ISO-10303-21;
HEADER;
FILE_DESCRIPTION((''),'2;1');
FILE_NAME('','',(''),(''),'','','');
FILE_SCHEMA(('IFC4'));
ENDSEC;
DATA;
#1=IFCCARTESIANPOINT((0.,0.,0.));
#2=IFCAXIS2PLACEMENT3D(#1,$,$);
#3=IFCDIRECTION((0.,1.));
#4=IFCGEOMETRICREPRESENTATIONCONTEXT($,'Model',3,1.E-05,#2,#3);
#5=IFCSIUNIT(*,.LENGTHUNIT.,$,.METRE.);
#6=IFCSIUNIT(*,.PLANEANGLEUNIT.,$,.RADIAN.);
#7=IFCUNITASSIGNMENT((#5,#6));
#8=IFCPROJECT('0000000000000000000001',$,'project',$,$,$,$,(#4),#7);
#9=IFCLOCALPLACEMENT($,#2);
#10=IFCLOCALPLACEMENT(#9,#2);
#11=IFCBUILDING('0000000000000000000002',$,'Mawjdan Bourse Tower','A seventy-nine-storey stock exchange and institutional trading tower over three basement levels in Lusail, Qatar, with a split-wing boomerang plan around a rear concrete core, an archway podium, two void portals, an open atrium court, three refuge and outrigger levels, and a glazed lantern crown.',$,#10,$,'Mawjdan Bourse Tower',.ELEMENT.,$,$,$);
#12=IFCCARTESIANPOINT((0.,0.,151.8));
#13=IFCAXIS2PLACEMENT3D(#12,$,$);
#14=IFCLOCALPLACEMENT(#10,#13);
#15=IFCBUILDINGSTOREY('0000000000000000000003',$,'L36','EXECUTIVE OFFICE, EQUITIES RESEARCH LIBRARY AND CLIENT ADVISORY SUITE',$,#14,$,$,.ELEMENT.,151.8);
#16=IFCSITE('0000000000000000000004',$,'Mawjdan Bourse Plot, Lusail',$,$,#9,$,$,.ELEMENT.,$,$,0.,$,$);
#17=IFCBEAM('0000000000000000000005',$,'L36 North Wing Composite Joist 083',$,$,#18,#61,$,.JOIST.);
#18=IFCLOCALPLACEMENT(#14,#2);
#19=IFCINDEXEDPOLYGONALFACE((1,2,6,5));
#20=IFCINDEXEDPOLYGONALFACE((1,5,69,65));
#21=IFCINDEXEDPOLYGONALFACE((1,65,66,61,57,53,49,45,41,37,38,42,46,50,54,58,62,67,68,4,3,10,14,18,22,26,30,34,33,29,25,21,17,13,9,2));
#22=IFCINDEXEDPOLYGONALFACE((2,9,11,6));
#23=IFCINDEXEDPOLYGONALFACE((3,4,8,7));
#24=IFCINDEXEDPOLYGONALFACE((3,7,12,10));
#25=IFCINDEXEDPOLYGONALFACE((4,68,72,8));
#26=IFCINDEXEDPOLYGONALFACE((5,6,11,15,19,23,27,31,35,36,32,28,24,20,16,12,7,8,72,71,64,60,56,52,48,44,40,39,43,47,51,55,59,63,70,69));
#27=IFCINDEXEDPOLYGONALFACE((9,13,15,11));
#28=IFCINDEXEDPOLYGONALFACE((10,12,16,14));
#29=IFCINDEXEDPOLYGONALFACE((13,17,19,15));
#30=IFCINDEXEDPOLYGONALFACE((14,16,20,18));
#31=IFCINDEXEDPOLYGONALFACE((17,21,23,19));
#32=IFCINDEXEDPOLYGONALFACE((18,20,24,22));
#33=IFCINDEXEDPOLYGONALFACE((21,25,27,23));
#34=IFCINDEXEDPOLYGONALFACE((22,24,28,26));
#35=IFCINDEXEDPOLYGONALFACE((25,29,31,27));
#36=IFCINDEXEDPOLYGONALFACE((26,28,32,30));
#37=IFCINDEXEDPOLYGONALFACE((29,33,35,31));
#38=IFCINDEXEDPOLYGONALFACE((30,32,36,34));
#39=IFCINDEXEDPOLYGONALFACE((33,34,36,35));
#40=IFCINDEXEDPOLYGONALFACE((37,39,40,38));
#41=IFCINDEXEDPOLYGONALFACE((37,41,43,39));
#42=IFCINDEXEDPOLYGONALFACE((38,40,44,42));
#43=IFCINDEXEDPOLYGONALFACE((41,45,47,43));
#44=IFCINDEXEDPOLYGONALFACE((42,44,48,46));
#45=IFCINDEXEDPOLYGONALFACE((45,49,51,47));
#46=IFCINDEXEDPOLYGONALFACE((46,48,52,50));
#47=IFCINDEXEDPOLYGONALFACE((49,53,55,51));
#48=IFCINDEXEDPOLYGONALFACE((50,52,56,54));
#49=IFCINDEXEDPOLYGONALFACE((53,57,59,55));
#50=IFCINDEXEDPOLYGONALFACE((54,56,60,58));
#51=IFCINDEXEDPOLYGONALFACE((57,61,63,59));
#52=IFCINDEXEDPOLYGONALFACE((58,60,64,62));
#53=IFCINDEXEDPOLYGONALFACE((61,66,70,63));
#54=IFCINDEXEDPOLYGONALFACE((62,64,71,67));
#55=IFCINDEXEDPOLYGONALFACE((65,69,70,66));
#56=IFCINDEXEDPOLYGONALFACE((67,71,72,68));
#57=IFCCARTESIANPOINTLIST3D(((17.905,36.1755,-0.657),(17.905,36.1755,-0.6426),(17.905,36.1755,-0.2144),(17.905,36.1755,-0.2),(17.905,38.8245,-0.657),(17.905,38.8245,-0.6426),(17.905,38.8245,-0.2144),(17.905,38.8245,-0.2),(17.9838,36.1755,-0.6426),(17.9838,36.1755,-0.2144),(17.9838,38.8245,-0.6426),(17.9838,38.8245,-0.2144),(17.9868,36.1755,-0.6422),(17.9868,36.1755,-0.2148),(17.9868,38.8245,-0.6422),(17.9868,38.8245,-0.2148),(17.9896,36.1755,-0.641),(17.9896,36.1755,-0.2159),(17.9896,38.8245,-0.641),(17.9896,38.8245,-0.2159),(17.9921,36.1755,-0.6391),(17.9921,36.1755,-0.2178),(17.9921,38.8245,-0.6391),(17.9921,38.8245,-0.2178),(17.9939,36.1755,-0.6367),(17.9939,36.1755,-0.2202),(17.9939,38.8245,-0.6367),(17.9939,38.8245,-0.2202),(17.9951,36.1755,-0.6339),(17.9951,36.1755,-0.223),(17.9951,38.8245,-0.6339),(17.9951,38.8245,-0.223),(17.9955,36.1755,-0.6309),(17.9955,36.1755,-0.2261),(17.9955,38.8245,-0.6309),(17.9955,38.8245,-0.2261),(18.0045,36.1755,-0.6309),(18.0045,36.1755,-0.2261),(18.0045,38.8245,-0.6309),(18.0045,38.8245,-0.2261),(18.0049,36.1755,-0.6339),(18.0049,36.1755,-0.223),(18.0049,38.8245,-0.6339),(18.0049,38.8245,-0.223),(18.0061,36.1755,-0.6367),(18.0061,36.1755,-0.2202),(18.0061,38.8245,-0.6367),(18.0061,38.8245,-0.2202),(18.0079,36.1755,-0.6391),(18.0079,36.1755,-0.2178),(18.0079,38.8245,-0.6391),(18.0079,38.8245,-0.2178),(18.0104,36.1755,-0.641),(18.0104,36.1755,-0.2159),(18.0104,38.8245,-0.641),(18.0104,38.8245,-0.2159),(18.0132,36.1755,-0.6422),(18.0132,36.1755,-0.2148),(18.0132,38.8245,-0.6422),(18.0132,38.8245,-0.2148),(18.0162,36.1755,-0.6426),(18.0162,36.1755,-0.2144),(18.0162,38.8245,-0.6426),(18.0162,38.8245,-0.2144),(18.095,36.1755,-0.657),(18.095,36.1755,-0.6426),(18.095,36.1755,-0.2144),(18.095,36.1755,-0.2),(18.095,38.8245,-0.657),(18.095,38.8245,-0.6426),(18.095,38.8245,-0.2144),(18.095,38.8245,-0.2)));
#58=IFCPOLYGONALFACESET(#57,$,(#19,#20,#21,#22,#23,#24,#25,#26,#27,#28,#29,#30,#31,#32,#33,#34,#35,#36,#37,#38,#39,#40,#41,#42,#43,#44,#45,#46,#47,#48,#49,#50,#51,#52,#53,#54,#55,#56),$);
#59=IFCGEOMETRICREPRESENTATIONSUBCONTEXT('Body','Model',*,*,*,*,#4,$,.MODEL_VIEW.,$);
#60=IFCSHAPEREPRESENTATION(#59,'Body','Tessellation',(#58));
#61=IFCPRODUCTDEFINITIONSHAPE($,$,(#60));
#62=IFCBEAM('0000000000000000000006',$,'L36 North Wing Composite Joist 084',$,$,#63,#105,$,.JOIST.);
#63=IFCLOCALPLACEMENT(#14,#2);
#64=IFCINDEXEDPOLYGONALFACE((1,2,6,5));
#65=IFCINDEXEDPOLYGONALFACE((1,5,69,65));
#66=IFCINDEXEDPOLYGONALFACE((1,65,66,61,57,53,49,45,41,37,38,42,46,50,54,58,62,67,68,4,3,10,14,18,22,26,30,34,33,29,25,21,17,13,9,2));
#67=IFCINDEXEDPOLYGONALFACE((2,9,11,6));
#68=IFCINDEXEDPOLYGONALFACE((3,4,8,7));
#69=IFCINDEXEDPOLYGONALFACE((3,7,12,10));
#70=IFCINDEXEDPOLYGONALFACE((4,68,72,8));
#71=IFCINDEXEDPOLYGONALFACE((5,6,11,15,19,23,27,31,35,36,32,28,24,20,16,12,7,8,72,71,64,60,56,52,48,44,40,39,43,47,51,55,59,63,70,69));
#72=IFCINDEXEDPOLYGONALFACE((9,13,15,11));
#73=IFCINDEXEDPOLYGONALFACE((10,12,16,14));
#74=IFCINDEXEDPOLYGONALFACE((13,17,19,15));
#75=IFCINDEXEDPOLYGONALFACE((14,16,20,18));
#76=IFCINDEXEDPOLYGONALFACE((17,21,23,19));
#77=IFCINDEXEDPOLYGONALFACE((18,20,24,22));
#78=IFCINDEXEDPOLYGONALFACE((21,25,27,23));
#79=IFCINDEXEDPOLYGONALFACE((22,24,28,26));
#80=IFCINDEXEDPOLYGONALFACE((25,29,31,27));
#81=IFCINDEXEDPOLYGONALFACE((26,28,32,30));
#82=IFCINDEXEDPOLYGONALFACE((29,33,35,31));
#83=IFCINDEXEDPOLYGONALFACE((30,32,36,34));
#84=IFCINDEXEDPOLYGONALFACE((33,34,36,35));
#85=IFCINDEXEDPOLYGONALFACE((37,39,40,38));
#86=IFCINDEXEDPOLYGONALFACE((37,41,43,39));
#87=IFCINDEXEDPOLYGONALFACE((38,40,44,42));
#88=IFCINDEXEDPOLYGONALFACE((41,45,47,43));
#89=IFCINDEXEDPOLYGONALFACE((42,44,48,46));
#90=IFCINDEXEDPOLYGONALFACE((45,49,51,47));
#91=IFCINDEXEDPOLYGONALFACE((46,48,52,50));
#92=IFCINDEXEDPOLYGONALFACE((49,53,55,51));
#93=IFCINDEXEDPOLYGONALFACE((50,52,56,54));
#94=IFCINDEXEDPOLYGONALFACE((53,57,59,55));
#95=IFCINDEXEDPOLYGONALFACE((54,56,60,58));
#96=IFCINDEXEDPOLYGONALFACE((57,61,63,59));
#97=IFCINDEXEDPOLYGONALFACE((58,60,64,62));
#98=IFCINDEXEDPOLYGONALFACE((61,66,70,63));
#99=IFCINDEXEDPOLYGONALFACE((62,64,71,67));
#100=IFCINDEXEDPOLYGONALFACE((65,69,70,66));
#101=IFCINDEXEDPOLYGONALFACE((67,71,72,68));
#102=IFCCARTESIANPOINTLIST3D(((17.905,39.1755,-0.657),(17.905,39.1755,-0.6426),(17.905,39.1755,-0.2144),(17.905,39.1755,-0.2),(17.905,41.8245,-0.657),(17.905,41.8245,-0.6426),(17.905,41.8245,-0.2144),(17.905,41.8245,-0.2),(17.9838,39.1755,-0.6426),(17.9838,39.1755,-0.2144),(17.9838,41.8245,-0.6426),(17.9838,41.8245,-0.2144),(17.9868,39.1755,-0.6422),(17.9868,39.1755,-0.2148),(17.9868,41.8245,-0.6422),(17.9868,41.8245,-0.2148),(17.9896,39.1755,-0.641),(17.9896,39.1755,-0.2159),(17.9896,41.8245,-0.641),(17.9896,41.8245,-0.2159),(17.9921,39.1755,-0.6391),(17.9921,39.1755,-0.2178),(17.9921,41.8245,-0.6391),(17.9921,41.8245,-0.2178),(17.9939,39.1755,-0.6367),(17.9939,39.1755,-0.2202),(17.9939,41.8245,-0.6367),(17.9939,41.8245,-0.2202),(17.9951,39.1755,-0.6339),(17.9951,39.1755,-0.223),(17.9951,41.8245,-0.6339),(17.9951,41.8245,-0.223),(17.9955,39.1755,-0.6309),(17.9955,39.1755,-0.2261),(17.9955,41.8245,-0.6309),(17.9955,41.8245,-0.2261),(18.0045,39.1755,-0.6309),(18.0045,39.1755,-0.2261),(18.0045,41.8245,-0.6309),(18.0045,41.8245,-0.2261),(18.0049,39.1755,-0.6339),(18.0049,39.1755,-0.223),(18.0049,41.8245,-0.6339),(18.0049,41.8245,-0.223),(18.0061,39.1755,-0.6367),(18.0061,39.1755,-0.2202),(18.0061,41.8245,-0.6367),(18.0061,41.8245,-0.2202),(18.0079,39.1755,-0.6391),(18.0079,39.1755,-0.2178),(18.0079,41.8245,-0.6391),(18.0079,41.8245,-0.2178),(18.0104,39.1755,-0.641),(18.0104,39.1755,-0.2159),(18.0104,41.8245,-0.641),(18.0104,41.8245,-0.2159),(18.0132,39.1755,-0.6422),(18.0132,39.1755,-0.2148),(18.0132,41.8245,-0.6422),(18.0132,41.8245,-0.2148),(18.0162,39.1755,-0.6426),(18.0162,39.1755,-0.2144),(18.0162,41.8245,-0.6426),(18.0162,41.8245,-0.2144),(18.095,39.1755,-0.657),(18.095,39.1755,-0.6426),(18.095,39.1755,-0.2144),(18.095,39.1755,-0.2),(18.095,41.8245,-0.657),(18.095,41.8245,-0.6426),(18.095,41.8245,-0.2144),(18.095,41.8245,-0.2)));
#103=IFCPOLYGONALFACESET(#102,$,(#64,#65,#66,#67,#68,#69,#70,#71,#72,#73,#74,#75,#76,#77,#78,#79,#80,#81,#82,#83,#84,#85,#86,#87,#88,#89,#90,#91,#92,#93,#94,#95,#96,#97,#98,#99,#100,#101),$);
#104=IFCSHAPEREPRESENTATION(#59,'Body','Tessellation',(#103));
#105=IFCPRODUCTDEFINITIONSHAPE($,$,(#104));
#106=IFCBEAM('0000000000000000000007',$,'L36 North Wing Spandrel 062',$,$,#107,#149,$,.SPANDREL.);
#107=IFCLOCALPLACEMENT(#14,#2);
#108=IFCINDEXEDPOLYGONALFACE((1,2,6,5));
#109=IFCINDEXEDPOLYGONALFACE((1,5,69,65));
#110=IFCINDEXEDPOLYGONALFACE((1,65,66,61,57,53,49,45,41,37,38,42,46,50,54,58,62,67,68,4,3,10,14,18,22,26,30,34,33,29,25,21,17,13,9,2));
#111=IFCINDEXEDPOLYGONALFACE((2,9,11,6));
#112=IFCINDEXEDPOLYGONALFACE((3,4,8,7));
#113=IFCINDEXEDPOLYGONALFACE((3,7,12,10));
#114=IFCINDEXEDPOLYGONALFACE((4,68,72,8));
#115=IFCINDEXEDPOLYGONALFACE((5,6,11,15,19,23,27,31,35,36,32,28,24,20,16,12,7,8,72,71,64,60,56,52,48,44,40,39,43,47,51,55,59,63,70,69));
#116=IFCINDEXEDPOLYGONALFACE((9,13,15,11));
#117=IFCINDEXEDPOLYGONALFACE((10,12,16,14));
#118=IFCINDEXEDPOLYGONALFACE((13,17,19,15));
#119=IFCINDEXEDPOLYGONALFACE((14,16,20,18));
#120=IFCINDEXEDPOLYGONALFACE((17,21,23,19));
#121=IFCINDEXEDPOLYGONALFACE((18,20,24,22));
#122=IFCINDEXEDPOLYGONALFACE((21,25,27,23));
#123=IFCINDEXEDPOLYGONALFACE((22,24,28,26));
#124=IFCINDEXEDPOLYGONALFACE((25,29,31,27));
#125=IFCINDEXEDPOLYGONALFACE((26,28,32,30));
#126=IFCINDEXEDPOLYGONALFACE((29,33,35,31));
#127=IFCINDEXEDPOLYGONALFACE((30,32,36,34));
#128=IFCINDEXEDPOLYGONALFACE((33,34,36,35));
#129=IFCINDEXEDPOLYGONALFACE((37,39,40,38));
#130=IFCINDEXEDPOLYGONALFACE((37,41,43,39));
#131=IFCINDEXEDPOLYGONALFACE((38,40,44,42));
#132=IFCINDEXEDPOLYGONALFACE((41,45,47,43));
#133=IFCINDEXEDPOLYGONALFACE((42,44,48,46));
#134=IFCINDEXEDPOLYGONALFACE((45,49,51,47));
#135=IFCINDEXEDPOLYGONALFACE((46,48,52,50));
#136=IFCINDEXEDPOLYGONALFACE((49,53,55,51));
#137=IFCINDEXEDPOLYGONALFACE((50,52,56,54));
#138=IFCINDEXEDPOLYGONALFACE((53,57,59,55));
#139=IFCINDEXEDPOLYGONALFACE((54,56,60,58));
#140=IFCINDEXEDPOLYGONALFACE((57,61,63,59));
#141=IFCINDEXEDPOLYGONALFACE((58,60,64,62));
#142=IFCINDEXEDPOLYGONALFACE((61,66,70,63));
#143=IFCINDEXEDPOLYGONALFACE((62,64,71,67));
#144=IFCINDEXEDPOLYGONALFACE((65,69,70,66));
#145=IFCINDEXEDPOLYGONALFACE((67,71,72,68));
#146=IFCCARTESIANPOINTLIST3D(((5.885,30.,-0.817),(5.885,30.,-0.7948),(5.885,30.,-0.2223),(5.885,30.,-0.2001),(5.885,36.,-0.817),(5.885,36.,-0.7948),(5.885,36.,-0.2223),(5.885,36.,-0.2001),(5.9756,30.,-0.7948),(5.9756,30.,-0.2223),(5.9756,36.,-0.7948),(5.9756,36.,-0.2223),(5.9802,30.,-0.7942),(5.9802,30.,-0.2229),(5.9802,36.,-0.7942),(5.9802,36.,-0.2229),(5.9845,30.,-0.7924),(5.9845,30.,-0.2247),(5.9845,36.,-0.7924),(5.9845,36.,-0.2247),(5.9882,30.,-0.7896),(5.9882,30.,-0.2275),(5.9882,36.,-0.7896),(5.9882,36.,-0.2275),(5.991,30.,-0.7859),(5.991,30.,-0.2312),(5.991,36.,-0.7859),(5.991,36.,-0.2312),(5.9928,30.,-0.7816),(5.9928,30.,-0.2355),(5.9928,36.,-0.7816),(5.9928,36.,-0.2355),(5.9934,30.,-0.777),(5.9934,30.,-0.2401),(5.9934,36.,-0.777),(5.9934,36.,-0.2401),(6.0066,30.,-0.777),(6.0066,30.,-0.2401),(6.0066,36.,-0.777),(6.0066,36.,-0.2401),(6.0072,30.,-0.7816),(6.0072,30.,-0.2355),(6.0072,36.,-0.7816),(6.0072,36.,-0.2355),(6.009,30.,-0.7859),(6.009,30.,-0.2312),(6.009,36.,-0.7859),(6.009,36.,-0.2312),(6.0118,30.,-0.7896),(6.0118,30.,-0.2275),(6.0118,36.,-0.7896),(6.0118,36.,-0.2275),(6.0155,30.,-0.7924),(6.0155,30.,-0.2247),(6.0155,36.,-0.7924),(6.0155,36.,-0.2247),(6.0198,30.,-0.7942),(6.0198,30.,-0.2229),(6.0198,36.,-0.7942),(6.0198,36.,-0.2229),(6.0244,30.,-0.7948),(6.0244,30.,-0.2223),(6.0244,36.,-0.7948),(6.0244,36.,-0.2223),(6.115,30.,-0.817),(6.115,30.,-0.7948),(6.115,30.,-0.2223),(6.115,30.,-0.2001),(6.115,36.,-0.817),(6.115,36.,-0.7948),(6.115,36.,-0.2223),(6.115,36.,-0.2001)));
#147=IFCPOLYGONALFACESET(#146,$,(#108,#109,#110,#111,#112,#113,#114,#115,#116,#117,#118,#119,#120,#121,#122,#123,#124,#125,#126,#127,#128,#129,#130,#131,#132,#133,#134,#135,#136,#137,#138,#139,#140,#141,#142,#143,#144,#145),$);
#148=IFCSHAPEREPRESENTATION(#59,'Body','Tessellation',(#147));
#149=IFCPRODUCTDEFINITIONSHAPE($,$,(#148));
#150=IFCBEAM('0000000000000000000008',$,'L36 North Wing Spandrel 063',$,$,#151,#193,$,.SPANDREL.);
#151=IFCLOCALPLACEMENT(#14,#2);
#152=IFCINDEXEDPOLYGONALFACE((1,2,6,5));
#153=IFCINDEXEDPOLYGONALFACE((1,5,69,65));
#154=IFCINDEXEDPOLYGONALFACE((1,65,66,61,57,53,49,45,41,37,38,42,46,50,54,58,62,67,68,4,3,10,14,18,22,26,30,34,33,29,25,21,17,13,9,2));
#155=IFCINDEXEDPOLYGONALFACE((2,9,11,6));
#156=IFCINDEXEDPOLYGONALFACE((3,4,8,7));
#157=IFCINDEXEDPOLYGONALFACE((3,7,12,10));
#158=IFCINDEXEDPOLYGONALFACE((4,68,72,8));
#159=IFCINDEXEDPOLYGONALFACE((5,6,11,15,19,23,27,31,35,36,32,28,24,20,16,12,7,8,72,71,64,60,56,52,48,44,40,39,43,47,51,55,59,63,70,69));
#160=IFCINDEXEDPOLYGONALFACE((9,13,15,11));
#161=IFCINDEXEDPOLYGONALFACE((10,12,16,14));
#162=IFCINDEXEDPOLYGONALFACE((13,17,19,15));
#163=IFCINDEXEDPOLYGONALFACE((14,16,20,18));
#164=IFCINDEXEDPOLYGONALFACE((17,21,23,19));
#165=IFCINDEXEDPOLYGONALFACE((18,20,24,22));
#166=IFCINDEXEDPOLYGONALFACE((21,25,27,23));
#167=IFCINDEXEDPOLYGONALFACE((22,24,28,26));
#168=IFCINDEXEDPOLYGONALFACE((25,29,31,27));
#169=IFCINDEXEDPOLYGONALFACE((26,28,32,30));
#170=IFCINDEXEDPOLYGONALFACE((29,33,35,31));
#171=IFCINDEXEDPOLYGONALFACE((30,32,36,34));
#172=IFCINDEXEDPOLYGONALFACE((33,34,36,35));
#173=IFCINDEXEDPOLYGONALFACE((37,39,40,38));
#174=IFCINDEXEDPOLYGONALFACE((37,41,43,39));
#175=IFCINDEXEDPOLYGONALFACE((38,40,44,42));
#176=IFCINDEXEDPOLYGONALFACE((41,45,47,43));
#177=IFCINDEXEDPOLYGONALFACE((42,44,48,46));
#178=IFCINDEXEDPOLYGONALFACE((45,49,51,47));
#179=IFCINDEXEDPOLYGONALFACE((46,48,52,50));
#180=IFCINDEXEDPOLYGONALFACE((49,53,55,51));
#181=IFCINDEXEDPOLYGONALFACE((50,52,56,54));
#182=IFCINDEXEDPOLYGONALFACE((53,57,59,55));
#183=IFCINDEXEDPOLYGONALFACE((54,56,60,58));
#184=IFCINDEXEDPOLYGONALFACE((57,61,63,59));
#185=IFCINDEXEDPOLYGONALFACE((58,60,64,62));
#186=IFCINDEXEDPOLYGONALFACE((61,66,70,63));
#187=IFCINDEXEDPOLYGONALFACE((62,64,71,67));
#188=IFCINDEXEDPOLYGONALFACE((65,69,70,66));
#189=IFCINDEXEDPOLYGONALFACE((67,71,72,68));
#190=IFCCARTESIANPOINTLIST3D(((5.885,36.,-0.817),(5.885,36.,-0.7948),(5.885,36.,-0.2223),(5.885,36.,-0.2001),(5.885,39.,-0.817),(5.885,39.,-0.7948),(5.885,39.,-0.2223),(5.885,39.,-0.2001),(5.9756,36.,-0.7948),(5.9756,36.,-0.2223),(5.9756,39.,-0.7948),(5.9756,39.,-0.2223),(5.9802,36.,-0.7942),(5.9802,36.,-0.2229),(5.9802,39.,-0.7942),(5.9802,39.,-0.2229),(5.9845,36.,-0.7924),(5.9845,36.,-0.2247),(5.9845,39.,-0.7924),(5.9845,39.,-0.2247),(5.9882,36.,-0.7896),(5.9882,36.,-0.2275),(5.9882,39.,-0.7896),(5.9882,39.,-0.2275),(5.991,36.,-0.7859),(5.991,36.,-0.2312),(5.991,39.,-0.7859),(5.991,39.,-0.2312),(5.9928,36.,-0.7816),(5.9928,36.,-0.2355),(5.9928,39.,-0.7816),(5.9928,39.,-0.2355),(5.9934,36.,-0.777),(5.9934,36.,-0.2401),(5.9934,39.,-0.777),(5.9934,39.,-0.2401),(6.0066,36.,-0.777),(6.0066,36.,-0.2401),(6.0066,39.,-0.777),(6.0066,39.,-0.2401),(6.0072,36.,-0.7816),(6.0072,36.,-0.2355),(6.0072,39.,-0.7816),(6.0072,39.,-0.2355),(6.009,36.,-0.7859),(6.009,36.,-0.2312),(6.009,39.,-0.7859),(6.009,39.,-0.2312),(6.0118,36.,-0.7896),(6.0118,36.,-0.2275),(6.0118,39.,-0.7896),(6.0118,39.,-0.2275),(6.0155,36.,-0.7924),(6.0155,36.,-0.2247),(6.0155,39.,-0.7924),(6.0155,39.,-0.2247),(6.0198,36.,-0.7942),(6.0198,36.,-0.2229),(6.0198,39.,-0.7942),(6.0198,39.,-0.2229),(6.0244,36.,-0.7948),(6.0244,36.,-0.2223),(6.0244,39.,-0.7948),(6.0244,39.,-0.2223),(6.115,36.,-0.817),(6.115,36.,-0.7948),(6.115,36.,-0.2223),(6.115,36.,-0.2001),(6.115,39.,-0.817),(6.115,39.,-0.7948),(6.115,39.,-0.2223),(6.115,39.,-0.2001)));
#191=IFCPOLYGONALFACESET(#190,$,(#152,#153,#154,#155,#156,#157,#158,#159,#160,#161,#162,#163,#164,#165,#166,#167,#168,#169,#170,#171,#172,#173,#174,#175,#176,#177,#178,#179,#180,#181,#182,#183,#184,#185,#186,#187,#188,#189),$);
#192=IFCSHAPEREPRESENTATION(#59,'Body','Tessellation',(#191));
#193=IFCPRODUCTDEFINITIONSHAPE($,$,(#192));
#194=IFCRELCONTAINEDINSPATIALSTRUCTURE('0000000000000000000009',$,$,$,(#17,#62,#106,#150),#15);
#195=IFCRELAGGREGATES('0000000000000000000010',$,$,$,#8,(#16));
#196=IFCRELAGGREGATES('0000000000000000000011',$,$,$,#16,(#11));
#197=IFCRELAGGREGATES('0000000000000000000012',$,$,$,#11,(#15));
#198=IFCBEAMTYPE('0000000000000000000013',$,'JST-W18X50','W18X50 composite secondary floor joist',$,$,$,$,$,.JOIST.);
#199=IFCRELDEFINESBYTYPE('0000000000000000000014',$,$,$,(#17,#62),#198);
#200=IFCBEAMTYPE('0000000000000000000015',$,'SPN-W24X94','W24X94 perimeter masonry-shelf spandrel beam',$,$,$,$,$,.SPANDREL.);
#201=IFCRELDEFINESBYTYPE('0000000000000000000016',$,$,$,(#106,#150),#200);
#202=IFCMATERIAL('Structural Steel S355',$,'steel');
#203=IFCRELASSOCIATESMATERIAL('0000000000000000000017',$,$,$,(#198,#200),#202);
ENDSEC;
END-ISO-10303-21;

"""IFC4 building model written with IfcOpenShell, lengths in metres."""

from ifc_helpers import new_model, si_unit, direction, frame, origin, origin_2d, place, context, subcontext, project, spatial, i_section, extrude, material, material_profile, profile_set, type_object, element, save


model = new_model("IFC4")

# Units and contexts
model_context = context("Model", 3, precision=1e-05, world=origin(), true_north=direction((0.0, 1.0)))
body_context = subcontext(model_context, "Body", "Model", "MODEL_VIEW")
ifc_project = project(units=[si_unit("LENGTHUNIT", "METRE"), si_unit("PLANEANGLEUNIT", "RADIAN")], contexts=[model_context])

# Site, building, storey
site_placement = place(None, origin())
site = spatial("IfcSite", under=ifc_project, at=site_placement, Name="Mawjdan Bourse Plot, Lusail", CompositionType="ELEMENT", RefElevation=0.0)
building_placement = place(site_placement, origin())
building = spatial("IfcBuilding", under=site, at=building_placement, Name="Mawjdan Bourse Tower", Description="A seventy-nine-storey stock exchange and institutional trading tower over three basement levels in Lusail, Qatar, with a split-wing boomerang plan around a rear concrete core, an archway podium, two void portals, an open atrium court, three refuge and outrigger levels, and a glazed lantern crown.", LongName="Mawjdan Bourse Tower", CompositionType="ELEMENT")
storey_placement = place(building_placement, frame((0.0, 0.0, 151.8)))
storey = spatial("IfcBuildingStorey", under=building, at=storey_placement, Name="L36", Description="EXECUTIVE OFFICE, EQUITIES RESEARCH LIBRARY AND CLIENT ADVISORY SUITE", CompositionType="ELEMENT", Elevation=151.8)

# Beams
ifc_material_1 = material(Name="Structural Steel S355", Category="steel")
ifc_material_profile_1 = material_profile(ifc_material_1, i_section(OverallWidth=0.1899, OverallDepth=0.457, WebThickness=0.009, FlangeThickness=0.0144, FilletRadius=0.0117, at=origin_2d()), Name="W18X50")
ifc_profile_set_1 = profile_set([ifc_material_profile_1], Name="Structural Steel S355")
beam_type_1 = type_object("IfcBeamType", Name="JST-W18X50", Description="W18X50 composite secondary floor joist", PredefinedType="JOIST", material=ifc_profile_set_1)
for number, where, z_axis, x_axis, name in (
    (1, (18.0, 36.1755, -0.4285), (0.0, 1.0, 0.0), (-1.0, 0.0, 0.0), "L36 North Wing Composite Joist 083"),
    (2, (18.0, 39.1755, -0.4285), (0.0, 1.0, 0.0), (-1.0, 0.0, 0.0), "L36 North Wing Composite Joist 084"),
):
    element("IfcBeam", number, at=place(storey_placement, frame(where, z_axis=z_axis, x_axis=x_axis)), inside=storey, type_object=beam_type_1, Name=name, PredefinedType="JOIST", context=body_context, shape_type="SweptSolid", body=[
        extrude(i_section(OverallWidth=0.1899, OverallDepth=0.457, WebThickness=0.009, FlangeThickness=0.0144, FilletRadius=0.0117, at=origin_2d()), origin(), (0.0, 0.0, 1.0), 2.6489),
    ])
ifc_material_profile_2 = material_profile(ifc_material_1, i_section(OverallWidth=0.23, OverallDepth=0.6169, WebThickness=0.0132, FlangeThickness=0.0222, FilletRadius=0.0178, at=origin_2d()), Name="W24X94")
ifc_profile_set_2 = profile_set([ifc_material_profile_2], Name="Structural Steel S355")
beam_type_2 = type_object("IfcBeamType", Name="SPN-W24X94", Description="W24X94 perimeter masonry-shelf spandrel beam", PredefinedType="SPANDREL", material=ifc_profile_set_2)
beam_1_placement = place(storey_placement, frame((6.0, 30.0, -0.5085), z_axis=(0.0, 1.0, 0.0), x_axis=(-1.0, 0.0, 0.0)))
element("IfcBeam", 3, at=beam_1_placement, inside=storey, type_object=beam_type_2, Name="L36 North Wing Spandrel 062", PredefinedType="SPANDREL", context=body_context, shape_type="SweptSolid", body=[
    extrude(i_section(OverallWidth=0.23, OverallDepth=0.6169, WebThickness=0.0132, FlangeThickness=0.0222, FilletRadius=0.0178, at=origin_2d()), origin(), (0.0, 0.0, 1.0), 6.0),
])
for number, where, z_axis, x_axis, name in (
    (4, (6.0, 36.0, -0.5085), (0.0, 1.0, 0.0), (-1.0, 0.0, 0.0), "L36 North Wing Spandrel 063"),
):
    element("IfcBeam", number, at=place(storey_placement, frame(where, z_axis=z_axis, x_axis=x_axis)), inside=storey, type_object=beam_type_2, Name=name, PredefinedType="SPANDREL", context=body_context, shape_type="SweptSolid", body=[
        extrude(i_section(OverallWidth=0.23, OverallDepth=0.6169, WebThickness=0.0132, FlangeThickness=0.0222, FilletRadius=0.0178, at=origin_2d()), origin(), (0.0, 0.0, 1.0), 3.0),
    ])

save(model, "model.ifc")
